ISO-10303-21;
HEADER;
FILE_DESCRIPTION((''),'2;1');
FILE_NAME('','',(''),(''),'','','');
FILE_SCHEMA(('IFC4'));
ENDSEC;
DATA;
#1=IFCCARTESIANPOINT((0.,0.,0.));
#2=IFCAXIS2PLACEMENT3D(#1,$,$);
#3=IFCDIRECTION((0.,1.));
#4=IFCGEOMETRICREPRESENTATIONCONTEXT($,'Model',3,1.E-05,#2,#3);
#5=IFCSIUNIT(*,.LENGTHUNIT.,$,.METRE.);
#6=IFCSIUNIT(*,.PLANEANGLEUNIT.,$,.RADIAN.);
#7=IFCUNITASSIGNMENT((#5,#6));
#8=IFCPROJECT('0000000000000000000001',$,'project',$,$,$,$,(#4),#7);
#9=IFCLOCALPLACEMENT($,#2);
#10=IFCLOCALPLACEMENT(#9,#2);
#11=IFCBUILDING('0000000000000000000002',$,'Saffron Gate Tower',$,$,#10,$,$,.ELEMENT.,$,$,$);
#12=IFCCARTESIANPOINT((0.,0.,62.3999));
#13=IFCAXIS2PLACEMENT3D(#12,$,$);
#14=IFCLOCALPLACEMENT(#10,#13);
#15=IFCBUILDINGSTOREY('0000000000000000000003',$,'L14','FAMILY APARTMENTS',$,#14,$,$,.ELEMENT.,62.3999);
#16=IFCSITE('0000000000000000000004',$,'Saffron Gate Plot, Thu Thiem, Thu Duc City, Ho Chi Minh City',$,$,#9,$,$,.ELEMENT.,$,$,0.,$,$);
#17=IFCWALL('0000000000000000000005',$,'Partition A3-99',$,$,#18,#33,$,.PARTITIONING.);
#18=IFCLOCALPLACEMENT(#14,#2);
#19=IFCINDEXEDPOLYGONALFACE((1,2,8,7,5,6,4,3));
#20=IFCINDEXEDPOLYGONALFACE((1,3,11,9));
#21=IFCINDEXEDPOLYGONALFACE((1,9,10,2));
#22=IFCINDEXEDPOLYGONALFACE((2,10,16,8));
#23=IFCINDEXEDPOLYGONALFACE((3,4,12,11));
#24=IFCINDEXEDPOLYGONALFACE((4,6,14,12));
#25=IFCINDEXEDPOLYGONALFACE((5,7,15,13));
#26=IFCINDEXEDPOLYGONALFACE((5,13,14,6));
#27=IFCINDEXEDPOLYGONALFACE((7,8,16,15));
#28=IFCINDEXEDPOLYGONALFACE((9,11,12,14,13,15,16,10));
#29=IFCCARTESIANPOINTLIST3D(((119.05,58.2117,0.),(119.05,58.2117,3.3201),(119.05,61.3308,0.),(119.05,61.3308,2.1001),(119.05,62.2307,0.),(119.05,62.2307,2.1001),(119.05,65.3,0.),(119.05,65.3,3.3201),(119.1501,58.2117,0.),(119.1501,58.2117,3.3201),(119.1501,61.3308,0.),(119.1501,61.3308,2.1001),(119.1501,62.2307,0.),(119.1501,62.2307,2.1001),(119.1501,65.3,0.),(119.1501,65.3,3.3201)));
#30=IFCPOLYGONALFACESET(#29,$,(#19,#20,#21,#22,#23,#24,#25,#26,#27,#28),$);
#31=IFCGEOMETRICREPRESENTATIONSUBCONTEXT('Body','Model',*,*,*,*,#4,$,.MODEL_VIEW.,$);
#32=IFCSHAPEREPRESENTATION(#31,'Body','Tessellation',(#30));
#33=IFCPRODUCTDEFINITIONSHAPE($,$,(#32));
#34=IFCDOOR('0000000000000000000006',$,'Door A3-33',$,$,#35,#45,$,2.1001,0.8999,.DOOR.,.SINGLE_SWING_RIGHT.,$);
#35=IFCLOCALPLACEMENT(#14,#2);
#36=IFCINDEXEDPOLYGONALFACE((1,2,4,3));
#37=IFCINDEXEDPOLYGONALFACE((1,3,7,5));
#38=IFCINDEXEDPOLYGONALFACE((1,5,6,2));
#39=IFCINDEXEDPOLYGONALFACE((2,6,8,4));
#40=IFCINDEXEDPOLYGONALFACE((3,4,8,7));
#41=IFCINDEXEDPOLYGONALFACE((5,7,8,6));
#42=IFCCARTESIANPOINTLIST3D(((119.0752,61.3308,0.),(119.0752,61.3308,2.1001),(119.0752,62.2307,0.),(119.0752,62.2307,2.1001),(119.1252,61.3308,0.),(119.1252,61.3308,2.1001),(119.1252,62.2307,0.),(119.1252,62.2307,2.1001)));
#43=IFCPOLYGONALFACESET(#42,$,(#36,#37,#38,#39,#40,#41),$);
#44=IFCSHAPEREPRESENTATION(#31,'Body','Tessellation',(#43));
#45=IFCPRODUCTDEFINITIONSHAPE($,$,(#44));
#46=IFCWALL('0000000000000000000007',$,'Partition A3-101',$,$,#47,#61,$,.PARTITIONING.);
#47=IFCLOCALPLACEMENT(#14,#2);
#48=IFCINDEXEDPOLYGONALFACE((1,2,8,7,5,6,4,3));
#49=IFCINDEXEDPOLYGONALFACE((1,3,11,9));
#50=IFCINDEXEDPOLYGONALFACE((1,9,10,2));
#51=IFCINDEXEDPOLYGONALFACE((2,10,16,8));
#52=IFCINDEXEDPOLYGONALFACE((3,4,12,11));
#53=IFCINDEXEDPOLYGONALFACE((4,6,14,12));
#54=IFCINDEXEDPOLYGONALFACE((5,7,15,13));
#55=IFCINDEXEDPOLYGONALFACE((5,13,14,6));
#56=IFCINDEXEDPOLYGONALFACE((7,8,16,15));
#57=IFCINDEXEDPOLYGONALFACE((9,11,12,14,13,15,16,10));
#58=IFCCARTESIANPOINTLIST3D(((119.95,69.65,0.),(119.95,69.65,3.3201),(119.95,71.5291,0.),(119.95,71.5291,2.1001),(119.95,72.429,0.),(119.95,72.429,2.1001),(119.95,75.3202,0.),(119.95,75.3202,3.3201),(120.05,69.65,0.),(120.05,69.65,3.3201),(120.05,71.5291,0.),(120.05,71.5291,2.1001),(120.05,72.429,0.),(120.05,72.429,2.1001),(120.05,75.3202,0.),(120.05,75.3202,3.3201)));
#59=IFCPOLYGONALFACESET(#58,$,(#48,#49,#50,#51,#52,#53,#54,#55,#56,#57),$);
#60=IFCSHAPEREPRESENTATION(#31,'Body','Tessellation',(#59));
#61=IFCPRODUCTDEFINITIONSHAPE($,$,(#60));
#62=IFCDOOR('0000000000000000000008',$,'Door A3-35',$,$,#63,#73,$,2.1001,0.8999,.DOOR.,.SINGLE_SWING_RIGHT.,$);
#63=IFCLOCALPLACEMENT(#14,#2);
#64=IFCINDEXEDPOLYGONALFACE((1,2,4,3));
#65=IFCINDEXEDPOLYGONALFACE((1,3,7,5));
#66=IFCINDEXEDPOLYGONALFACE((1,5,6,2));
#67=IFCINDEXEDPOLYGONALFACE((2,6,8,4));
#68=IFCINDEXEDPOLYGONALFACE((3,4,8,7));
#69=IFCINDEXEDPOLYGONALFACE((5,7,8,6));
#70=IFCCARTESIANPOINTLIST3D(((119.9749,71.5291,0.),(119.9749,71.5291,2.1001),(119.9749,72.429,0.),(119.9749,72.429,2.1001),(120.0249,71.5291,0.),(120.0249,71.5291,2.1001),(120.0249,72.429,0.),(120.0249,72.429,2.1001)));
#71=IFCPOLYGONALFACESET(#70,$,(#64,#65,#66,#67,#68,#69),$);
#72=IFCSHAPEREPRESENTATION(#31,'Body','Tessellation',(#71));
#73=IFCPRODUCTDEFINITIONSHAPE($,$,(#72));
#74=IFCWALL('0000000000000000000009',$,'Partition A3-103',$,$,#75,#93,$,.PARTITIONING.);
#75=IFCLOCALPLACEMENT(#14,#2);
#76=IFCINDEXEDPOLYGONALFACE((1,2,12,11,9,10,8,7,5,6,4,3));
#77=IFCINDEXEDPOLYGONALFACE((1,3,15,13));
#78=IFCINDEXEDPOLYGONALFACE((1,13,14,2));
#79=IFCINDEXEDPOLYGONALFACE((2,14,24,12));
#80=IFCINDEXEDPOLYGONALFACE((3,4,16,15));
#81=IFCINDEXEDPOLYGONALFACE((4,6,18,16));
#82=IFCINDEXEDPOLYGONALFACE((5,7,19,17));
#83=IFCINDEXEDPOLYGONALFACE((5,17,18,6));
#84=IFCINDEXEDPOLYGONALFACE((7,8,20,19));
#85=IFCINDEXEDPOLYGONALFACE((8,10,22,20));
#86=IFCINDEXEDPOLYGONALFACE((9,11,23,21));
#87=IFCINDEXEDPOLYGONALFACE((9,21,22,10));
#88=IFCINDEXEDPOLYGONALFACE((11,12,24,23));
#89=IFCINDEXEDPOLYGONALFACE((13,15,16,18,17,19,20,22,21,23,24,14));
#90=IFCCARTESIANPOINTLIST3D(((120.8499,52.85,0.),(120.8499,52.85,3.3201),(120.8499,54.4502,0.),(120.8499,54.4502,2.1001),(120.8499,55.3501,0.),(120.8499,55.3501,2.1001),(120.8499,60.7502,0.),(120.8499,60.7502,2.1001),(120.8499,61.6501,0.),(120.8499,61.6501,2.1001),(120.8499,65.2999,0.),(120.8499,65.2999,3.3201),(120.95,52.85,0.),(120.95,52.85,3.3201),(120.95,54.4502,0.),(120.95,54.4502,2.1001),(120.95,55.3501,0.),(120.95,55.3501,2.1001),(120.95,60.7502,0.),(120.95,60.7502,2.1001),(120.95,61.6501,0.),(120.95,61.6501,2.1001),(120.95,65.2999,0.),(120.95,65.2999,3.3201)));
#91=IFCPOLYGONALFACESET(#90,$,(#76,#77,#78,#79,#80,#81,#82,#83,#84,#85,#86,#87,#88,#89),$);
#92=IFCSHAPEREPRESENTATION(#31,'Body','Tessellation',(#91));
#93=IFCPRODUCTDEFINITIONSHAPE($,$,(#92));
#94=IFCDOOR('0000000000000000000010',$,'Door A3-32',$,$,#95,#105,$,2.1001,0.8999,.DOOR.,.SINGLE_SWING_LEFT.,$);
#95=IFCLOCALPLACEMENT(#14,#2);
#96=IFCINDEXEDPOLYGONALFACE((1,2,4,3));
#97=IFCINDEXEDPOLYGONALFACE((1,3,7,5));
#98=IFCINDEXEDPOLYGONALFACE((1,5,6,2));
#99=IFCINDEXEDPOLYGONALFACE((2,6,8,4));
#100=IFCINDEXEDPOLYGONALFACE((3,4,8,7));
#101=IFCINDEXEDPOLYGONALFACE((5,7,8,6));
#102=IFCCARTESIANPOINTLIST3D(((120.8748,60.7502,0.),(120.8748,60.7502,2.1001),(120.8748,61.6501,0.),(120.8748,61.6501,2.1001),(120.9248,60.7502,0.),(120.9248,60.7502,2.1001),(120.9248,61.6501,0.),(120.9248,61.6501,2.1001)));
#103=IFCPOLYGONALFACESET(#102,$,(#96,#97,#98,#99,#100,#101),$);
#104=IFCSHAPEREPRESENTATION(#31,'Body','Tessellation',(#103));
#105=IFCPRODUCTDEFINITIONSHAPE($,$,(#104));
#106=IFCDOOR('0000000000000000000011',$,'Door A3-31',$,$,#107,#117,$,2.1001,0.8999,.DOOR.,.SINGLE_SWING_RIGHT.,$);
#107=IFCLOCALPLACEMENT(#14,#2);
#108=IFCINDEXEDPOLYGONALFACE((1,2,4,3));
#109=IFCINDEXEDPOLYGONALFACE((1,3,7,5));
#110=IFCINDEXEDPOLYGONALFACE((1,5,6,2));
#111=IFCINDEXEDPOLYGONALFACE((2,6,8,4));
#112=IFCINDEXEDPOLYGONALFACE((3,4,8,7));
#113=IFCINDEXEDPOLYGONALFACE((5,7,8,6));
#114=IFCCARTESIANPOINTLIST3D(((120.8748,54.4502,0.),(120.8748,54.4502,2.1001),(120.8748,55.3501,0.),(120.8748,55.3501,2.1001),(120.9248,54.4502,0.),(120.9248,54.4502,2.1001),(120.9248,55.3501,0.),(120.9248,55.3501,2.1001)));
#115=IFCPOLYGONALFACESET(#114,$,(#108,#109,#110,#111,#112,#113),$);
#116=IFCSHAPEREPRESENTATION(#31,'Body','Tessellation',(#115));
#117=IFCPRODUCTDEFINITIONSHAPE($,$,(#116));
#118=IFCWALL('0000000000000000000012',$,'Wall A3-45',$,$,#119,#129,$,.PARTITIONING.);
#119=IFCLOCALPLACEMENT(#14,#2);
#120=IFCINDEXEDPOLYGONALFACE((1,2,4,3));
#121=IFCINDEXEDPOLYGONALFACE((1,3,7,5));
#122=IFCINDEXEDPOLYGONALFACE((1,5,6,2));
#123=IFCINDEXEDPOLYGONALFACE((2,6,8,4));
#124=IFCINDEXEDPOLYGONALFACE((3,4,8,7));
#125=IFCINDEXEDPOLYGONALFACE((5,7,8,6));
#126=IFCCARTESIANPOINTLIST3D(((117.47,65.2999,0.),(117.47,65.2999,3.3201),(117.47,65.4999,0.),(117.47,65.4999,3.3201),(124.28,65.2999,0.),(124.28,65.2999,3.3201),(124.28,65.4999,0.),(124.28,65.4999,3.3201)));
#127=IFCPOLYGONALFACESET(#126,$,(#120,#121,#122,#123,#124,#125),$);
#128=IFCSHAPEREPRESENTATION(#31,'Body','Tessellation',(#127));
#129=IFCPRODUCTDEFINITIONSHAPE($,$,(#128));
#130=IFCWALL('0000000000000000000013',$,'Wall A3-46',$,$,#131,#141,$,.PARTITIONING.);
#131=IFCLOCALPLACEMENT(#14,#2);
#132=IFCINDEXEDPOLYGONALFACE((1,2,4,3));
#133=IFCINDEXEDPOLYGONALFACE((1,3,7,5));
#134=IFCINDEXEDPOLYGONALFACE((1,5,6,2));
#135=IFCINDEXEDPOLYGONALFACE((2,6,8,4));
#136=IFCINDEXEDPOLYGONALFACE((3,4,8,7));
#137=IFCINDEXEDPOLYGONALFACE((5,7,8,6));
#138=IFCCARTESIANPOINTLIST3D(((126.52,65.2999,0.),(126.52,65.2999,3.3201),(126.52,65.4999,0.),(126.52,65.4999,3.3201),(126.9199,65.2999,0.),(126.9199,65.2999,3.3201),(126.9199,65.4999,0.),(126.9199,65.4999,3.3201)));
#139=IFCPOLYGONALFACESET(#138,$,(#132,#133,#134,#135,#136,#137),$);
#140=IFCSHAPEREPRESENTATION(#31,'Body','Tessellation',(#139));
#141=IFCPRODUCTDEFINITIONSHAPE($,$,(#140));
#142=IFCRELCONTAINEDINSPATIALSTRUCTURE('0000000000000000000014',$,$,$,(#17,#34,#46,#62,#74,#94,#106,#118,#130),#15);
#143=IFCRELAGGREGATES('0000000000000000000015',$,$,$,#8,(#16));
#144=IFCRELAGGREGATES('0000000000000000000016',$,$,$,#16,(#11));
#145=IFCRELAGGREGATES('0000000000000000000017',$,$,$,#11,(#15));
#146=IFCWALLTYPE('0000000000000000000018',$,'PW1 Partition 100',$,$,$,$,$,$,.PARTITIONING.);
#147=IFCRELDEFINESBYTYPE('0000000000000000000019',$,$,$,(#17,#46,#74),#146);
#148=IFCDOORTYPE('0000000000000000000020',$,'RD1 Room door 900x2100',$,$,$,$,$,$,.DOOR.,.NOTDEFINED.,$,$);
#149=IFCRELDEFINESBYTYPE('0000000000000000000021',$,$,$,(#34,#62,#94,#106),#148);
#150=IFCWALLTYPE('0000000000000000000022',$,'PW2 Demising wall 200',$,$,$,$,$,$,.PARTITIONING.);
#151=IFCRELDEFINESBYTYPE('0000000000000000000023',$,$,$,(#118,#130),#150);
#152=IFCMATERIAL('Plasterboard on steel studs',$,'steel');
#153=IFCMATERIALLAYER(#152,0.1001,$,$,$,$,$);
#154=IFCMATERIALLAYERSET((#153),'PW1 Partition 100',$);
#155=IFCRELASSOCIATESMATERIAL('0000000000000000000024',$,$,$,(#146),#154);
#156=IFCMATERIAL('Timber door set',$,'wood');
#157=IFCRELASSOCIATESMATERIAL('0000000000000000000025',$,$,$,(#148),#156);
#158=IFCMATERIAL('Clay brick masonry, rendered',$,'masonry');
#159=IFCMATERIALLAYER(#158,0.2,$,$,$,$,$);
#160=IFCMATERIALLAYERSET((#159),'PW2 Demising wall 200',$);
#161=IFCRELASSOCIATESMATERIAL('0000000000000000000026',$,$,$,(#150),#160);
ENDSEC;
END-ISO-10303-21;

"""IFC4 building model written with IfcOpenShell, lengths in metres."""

from ifc_helpers import new_model, si_unit, direction, frame, frame_2d, origin, place, context, subcontext, project, spatial, rectangle, extrude, material, layer, layer_set, type_object, element, fill, save


model = new_model("IFC4")

# Units and contexts
model_context = context("Model", 3, precision=1e-05, world=origin(), true_north=direction((0.0, 1.0)))
body_context = subcontext(model_context, "Body", "Model", "MODEL_VIEW")
ifc_project = project(units=[si_unit("LENGTHUNIT", "METRE"), si_unit("PLANEANGLEUNIT", "RADIAN")], contexts=[model_context])

# Site, building, storey
site_placement = place(None, origin())
site = spatial("IfcSite", under=ifc_project, at=site_placement, Name="Saffron Gate Plot, Thu Thiem, Thu Duc City, Ho Chi Minh City", CompositionType="ELEMENT", RefElevation=0.0)
building_placement = place(site_placement, origin())
building = spatial("IfcBuilding", under=site, at=building_placement, Name="Saffron Gate Tower", CompositionType="ELEMENT")
storey_placement = place(building_placement, frame((0.0, 0.0, 62.3999)))
storey = spatial("IfcBuildingStorey", under=building, at=storey_placement, Name="L14", Description="FAMILY APARTMENTS", CompositionType="ELEMENT", Elevation=62.3999)

# Shared definitions
ifc_material_1 = material(Name="Plasterboard on steel studs", Category="steel")
ifc_layer_1 = layer(ifc_material_1, 0.1001)
ifc_layer_set_1 = layer_set([ifc_layer_1], Name="PW1 Partition 100")
wall_type_1 = type_object("IfcWallType", Name="PW1 Partition 100", PredefinedType="PARTITIONING", material=ifc_layer_set_1)

# Walls, openings, doors
wall_1_placement = place(storey_placement, frame((119.1001, 58.2117, 0.0), z_axis=(0.0, 0.0, 1.0), x_axis=(0.0, 1.0, 0.0)))
wall_1 = element("IfcWall", 1, at=wall_1_placement, inside=storey, type_object=wall_type_1, Name="Partition A3-99", PredefinedType="PARTITIONING", context=body_context, shape_type="SweptSolid", body=[
    extrude(rectangle(XDim=7.0884, YDim=0.1001, at=frame_2d((3.5442, 0.0))), origin(), (0.0, 0.0, 1.0), 3.3201),
])
opening_1_placement = place(wall_1_placement, frame((3.1191, 0.0, 0.0)))
opening_1 = element("IfcOpeningElement", 2, at=opening_1_placement, cuts=wall_1, PredefinedType="OPENING", context=body_context, shape_type="SweptSolid", body=[
    extrude(rectangle(XDim=0.8999, YDim=2.1001, at=frame_2d((0.45, 1.05))), frame((0.0, 0.0601, 0.0), z_axis=(0.0, -1.0, 0.0), x_axis=(1.0, 0.0, 0.0)), (0.0, 0.0, 1.0), 0.1201),
])
ifc_material_2 = material(Name="Timber door set", Category="wood")
door_type = type_object("IfcDoorType", Name="RD1 Room door 900x2100", OperationType="NOTDEFINED", PredefinedType="DOOR", material=ifc_material_2)
door_1_placement = place(opening_1_placement, origin())
door_1 = element("IfcDoor", 3, at=door_1_placement, inside=storey, type_object=door_type, Name="Door A3-33", OperationType="SINGLE_SWING_RIGHT", OverallHeight=2.1001, OverallWidth=0.8999, PredefinedType="DOOR", context=body_context, shape_type="SweptSolid", body=[
    extrude(rectangle(XDim=0.8999, YDim=2.1001, at=frame_2d((0.45, 1.05))), frame((0.0, 0.0249, 0.0), z_axis=(0.0, -1.0, 0.0), x_axis=(1.0, 0.0, 0.0)), (0.0, 0.0, 1.0), 0.05),
])
fill(opening_1, door_1)
wall_2_placement = place(storey_placement, frame((120.0, 75.3201, 0.0), z_axis=(0.0, 0.0, 1.0), x_axis=(0.0, -1.0, 0.0)))
wall_2 = element("IfcWall", 4, at=wall_2_placement, inside=storey, type_object=wall_type_1, Name="Partition A3-101", PredefinedType="PARTITIONING", context=body_context, shape_type="SweptSolid", body=[
    extrude(rectangle(XDim=5.6702, YDim=0.1001, at=frame_2d((2.835, 0.0))), origin(), (0.0, 0.0, 1.0), 3.3201),
])
opening_2_placement = place(wall_2_placement, frame((2.8911, 0.0, 0.0)))
opening_2 = element("IfcOpeningElement", 5, at=opening_2_placement, cuts=wall_2, PredefinedType="OPENING", context=body_context, shape_type="SweptSolid", body=[
    extrude(rectangle(XDim=0.8999, YDim=2.1001, at=frame_2d((0.45, 1.05))), frame((0.0, 0.0601, 0.0), z_axis=(0.0, -1.0, 0.0), x_axis=(1.0, 0.0, 0.0)), (0.0, 0.0, 1.0), 0.1201),
])
door_2_placement = place(opening_2_placement, origin())
door_2 = element("IfcDoor", 6, at=door_2_placement, inside=storey, type_object=door_type, Name="Door A3-35", OperationType="SINGLE_SWING_RIGHT", OverallHeight=2.1001, OverallWidth=0.8999, PredefinedType="DOOR", context=body_context, shape_type="SweptSolid", body=[
    extrude(rectangle(XDim=0.8999, YDim=2.1001, at=frame_2d((0.45, 1.05))), frame((0.0, 0.0249, 0.0), z_axis=(0.0, -1.0, 0.0), x_axis=(1.0, 0.0, 0.0)), (0.0, 0.0, 1.0), 0.05),
])
fill(opening_2, door_2)

# Wall, openings, doors
wall_3_placement = place(storey_placement, frame((120.8999, 65.3, 0.0), z_axis=(0.0, 0.0, 1.0), x_axis=(0.0, -1.0, 0.0)))
wall_3 = element("IfcWall", 7, at=wall_3_placement, inside=storey, type_object=wall_type_1, Name="Partition A3-103", PredefinedType="PARTITIONING", context=body_context, shape_type="SweptSolid", body=[
    extrude(rectangle(XDim=12.45, YDim=0.1001, at=frame_2d((6.2251, 0.0))), origin(), (0.0, 0.0, 1.0), 3.3201),
])
opening_3_placement = place(wall_3_placement, frame((3.6499, 0.0, 0.0)))
opening_3 = element("IfcOpeningElement", 8, at=opening_3_placement, cuts=wall_3, PredefinedType="OPENING", context=body_context, shape_type="SweptSolid", body=[
    extrude(rectangle(XDim=0.8999, YDim=2.1001, at=frame_2d((0.45, 1.05))), frame((0.0, 0.0601, 0.0), z_axis=(0.0, -1.0, 0.0), x_axis=(1.0, 0.0, 0.0)), (0.0, 0.0, 1.0), 0.1201),
])
opening_4_placement = place(wall_3_placement, frame((9.95, 0.0, 0.0)))
opening_4 = element("IfcOpeningElement", 9, at=opening_4_placement, cuts=wall_3, PredefinedType="OPENING", context=body_context, shape_type="SweptSolid", body=[
    extrude(rectangle(XDim=0.8999, YDim=2.1001, at=frame_2d((0.45, 1.05))), frame((0.0, 0.0601, 0.0), z_axis=(0.0, -1.0, 0.0), x_axis=(1.0, 0.0, 0.0)), (0.0, 0.0, 1.0), 0.1201),
])
door_3_placement = place(opening_3_placement, origin())
door_3 = element("IfcDoor", 10, at=door_3_placement, inside=storey, type_object=door_type, Name="Door A3-32", OperationType="SINGLE_SWING_LEFT", OverallHeight=2.1001, OverallWidth=0.8999, PredefinedType="DOOR", context=body_context, shape_type="SweptSolid", body=[
    extrude(rectangle(XDim=0.8999, YDim=2.1001, at=frame_2d((0.45, 1.05))), frame((0.0, 0.0249, 0.0), z_axis=(0.0, -1.0, 0.0), x_axis=(1.0, 0.0, 0.0)), (0.0, 0.0, 1.0), 0.05),
])
fill(opening_3, door_3)
door_4_placement = place(opening_4_placement, origin())
door_4 = element("IfcDoor", 11, at=door_4_placement, inside=storey, type_object=door_type, Name="Door A3-31", OperationType="SINGLE_SWING_RIGHT", OverallHeight=2.1001, OverallWidth=0.8999, PredefinedType="DOOR", context=body_context, shape_type="SweptSolid", body=[
    extrude(rectangle(XDim=0.8999, YDim=2.1001, at=frame_2d((0.45, 1.05))), frame((0.0, 0.0249, 0.0), z_axis=(0.0, -1.0, 0.0), x_axis=(1.0, 0.0, 0.0)), (0.0, 0.0, 1.0), 0.05),
])
fill(opening_4, door_4)

# Walls
ifc_material_3 = material(Name="Clay brick masonry, rendered", Category="masonry")
ifc_layer_2 = layer(ifc_material_3, 0.2)
ifc_layer_set_2 = layer_set([ifc_layer_2], Name="PW2 Demising wall 200")
wall_type_2 = type_object("IfcWallType", Name="PW2 Demising wall 200", PredefinedType="PARTITIONING", material=ifc_layer_set_2)
wall_4_placement = place(storey_placement, frame((117.47, 65.3999, 0.0), z_axis=(0.0, 0.0, 1.0), x_axis=(1.0, 0.0, 0.0)))
element("IfcWall", 12, at=wall_4_placement, inside=storey, type_object=wall_type_2, Name="Wall A3-45", PredefinedType="PARTITIONING", context=body_context, shape_type="SweptSolid", body=[
    extrude(rectangle(XDim=6.8101, YDim=0.2, at=frame_2d((3.405, 0.0))), origin(), (0.0, 0.0, 1.0), 3.3201),
])
wall_5_placement = place(storey_placement, frame((126.52, 65.3999, 0.0), z_axis=(0.0, 0.0, 1.0), x_axis=(1.0, 0.0, 0.0)))
element("IfcWall", 13, at=wall_5_placement, inside=storey, type_object=wall_type_2, Name="Wall A3-46", PredefinedType="PARTITIONING", context=body_context, shape_type="SweptSolid", body=[
    extrude(rectangle(XDim=0.3999, YDim=0.2, at=frame_2d((0.2, 0.0))), origin(), (0.0, 0.0, 1.0), 3.3201),
])

save(model, "model.ifc")
